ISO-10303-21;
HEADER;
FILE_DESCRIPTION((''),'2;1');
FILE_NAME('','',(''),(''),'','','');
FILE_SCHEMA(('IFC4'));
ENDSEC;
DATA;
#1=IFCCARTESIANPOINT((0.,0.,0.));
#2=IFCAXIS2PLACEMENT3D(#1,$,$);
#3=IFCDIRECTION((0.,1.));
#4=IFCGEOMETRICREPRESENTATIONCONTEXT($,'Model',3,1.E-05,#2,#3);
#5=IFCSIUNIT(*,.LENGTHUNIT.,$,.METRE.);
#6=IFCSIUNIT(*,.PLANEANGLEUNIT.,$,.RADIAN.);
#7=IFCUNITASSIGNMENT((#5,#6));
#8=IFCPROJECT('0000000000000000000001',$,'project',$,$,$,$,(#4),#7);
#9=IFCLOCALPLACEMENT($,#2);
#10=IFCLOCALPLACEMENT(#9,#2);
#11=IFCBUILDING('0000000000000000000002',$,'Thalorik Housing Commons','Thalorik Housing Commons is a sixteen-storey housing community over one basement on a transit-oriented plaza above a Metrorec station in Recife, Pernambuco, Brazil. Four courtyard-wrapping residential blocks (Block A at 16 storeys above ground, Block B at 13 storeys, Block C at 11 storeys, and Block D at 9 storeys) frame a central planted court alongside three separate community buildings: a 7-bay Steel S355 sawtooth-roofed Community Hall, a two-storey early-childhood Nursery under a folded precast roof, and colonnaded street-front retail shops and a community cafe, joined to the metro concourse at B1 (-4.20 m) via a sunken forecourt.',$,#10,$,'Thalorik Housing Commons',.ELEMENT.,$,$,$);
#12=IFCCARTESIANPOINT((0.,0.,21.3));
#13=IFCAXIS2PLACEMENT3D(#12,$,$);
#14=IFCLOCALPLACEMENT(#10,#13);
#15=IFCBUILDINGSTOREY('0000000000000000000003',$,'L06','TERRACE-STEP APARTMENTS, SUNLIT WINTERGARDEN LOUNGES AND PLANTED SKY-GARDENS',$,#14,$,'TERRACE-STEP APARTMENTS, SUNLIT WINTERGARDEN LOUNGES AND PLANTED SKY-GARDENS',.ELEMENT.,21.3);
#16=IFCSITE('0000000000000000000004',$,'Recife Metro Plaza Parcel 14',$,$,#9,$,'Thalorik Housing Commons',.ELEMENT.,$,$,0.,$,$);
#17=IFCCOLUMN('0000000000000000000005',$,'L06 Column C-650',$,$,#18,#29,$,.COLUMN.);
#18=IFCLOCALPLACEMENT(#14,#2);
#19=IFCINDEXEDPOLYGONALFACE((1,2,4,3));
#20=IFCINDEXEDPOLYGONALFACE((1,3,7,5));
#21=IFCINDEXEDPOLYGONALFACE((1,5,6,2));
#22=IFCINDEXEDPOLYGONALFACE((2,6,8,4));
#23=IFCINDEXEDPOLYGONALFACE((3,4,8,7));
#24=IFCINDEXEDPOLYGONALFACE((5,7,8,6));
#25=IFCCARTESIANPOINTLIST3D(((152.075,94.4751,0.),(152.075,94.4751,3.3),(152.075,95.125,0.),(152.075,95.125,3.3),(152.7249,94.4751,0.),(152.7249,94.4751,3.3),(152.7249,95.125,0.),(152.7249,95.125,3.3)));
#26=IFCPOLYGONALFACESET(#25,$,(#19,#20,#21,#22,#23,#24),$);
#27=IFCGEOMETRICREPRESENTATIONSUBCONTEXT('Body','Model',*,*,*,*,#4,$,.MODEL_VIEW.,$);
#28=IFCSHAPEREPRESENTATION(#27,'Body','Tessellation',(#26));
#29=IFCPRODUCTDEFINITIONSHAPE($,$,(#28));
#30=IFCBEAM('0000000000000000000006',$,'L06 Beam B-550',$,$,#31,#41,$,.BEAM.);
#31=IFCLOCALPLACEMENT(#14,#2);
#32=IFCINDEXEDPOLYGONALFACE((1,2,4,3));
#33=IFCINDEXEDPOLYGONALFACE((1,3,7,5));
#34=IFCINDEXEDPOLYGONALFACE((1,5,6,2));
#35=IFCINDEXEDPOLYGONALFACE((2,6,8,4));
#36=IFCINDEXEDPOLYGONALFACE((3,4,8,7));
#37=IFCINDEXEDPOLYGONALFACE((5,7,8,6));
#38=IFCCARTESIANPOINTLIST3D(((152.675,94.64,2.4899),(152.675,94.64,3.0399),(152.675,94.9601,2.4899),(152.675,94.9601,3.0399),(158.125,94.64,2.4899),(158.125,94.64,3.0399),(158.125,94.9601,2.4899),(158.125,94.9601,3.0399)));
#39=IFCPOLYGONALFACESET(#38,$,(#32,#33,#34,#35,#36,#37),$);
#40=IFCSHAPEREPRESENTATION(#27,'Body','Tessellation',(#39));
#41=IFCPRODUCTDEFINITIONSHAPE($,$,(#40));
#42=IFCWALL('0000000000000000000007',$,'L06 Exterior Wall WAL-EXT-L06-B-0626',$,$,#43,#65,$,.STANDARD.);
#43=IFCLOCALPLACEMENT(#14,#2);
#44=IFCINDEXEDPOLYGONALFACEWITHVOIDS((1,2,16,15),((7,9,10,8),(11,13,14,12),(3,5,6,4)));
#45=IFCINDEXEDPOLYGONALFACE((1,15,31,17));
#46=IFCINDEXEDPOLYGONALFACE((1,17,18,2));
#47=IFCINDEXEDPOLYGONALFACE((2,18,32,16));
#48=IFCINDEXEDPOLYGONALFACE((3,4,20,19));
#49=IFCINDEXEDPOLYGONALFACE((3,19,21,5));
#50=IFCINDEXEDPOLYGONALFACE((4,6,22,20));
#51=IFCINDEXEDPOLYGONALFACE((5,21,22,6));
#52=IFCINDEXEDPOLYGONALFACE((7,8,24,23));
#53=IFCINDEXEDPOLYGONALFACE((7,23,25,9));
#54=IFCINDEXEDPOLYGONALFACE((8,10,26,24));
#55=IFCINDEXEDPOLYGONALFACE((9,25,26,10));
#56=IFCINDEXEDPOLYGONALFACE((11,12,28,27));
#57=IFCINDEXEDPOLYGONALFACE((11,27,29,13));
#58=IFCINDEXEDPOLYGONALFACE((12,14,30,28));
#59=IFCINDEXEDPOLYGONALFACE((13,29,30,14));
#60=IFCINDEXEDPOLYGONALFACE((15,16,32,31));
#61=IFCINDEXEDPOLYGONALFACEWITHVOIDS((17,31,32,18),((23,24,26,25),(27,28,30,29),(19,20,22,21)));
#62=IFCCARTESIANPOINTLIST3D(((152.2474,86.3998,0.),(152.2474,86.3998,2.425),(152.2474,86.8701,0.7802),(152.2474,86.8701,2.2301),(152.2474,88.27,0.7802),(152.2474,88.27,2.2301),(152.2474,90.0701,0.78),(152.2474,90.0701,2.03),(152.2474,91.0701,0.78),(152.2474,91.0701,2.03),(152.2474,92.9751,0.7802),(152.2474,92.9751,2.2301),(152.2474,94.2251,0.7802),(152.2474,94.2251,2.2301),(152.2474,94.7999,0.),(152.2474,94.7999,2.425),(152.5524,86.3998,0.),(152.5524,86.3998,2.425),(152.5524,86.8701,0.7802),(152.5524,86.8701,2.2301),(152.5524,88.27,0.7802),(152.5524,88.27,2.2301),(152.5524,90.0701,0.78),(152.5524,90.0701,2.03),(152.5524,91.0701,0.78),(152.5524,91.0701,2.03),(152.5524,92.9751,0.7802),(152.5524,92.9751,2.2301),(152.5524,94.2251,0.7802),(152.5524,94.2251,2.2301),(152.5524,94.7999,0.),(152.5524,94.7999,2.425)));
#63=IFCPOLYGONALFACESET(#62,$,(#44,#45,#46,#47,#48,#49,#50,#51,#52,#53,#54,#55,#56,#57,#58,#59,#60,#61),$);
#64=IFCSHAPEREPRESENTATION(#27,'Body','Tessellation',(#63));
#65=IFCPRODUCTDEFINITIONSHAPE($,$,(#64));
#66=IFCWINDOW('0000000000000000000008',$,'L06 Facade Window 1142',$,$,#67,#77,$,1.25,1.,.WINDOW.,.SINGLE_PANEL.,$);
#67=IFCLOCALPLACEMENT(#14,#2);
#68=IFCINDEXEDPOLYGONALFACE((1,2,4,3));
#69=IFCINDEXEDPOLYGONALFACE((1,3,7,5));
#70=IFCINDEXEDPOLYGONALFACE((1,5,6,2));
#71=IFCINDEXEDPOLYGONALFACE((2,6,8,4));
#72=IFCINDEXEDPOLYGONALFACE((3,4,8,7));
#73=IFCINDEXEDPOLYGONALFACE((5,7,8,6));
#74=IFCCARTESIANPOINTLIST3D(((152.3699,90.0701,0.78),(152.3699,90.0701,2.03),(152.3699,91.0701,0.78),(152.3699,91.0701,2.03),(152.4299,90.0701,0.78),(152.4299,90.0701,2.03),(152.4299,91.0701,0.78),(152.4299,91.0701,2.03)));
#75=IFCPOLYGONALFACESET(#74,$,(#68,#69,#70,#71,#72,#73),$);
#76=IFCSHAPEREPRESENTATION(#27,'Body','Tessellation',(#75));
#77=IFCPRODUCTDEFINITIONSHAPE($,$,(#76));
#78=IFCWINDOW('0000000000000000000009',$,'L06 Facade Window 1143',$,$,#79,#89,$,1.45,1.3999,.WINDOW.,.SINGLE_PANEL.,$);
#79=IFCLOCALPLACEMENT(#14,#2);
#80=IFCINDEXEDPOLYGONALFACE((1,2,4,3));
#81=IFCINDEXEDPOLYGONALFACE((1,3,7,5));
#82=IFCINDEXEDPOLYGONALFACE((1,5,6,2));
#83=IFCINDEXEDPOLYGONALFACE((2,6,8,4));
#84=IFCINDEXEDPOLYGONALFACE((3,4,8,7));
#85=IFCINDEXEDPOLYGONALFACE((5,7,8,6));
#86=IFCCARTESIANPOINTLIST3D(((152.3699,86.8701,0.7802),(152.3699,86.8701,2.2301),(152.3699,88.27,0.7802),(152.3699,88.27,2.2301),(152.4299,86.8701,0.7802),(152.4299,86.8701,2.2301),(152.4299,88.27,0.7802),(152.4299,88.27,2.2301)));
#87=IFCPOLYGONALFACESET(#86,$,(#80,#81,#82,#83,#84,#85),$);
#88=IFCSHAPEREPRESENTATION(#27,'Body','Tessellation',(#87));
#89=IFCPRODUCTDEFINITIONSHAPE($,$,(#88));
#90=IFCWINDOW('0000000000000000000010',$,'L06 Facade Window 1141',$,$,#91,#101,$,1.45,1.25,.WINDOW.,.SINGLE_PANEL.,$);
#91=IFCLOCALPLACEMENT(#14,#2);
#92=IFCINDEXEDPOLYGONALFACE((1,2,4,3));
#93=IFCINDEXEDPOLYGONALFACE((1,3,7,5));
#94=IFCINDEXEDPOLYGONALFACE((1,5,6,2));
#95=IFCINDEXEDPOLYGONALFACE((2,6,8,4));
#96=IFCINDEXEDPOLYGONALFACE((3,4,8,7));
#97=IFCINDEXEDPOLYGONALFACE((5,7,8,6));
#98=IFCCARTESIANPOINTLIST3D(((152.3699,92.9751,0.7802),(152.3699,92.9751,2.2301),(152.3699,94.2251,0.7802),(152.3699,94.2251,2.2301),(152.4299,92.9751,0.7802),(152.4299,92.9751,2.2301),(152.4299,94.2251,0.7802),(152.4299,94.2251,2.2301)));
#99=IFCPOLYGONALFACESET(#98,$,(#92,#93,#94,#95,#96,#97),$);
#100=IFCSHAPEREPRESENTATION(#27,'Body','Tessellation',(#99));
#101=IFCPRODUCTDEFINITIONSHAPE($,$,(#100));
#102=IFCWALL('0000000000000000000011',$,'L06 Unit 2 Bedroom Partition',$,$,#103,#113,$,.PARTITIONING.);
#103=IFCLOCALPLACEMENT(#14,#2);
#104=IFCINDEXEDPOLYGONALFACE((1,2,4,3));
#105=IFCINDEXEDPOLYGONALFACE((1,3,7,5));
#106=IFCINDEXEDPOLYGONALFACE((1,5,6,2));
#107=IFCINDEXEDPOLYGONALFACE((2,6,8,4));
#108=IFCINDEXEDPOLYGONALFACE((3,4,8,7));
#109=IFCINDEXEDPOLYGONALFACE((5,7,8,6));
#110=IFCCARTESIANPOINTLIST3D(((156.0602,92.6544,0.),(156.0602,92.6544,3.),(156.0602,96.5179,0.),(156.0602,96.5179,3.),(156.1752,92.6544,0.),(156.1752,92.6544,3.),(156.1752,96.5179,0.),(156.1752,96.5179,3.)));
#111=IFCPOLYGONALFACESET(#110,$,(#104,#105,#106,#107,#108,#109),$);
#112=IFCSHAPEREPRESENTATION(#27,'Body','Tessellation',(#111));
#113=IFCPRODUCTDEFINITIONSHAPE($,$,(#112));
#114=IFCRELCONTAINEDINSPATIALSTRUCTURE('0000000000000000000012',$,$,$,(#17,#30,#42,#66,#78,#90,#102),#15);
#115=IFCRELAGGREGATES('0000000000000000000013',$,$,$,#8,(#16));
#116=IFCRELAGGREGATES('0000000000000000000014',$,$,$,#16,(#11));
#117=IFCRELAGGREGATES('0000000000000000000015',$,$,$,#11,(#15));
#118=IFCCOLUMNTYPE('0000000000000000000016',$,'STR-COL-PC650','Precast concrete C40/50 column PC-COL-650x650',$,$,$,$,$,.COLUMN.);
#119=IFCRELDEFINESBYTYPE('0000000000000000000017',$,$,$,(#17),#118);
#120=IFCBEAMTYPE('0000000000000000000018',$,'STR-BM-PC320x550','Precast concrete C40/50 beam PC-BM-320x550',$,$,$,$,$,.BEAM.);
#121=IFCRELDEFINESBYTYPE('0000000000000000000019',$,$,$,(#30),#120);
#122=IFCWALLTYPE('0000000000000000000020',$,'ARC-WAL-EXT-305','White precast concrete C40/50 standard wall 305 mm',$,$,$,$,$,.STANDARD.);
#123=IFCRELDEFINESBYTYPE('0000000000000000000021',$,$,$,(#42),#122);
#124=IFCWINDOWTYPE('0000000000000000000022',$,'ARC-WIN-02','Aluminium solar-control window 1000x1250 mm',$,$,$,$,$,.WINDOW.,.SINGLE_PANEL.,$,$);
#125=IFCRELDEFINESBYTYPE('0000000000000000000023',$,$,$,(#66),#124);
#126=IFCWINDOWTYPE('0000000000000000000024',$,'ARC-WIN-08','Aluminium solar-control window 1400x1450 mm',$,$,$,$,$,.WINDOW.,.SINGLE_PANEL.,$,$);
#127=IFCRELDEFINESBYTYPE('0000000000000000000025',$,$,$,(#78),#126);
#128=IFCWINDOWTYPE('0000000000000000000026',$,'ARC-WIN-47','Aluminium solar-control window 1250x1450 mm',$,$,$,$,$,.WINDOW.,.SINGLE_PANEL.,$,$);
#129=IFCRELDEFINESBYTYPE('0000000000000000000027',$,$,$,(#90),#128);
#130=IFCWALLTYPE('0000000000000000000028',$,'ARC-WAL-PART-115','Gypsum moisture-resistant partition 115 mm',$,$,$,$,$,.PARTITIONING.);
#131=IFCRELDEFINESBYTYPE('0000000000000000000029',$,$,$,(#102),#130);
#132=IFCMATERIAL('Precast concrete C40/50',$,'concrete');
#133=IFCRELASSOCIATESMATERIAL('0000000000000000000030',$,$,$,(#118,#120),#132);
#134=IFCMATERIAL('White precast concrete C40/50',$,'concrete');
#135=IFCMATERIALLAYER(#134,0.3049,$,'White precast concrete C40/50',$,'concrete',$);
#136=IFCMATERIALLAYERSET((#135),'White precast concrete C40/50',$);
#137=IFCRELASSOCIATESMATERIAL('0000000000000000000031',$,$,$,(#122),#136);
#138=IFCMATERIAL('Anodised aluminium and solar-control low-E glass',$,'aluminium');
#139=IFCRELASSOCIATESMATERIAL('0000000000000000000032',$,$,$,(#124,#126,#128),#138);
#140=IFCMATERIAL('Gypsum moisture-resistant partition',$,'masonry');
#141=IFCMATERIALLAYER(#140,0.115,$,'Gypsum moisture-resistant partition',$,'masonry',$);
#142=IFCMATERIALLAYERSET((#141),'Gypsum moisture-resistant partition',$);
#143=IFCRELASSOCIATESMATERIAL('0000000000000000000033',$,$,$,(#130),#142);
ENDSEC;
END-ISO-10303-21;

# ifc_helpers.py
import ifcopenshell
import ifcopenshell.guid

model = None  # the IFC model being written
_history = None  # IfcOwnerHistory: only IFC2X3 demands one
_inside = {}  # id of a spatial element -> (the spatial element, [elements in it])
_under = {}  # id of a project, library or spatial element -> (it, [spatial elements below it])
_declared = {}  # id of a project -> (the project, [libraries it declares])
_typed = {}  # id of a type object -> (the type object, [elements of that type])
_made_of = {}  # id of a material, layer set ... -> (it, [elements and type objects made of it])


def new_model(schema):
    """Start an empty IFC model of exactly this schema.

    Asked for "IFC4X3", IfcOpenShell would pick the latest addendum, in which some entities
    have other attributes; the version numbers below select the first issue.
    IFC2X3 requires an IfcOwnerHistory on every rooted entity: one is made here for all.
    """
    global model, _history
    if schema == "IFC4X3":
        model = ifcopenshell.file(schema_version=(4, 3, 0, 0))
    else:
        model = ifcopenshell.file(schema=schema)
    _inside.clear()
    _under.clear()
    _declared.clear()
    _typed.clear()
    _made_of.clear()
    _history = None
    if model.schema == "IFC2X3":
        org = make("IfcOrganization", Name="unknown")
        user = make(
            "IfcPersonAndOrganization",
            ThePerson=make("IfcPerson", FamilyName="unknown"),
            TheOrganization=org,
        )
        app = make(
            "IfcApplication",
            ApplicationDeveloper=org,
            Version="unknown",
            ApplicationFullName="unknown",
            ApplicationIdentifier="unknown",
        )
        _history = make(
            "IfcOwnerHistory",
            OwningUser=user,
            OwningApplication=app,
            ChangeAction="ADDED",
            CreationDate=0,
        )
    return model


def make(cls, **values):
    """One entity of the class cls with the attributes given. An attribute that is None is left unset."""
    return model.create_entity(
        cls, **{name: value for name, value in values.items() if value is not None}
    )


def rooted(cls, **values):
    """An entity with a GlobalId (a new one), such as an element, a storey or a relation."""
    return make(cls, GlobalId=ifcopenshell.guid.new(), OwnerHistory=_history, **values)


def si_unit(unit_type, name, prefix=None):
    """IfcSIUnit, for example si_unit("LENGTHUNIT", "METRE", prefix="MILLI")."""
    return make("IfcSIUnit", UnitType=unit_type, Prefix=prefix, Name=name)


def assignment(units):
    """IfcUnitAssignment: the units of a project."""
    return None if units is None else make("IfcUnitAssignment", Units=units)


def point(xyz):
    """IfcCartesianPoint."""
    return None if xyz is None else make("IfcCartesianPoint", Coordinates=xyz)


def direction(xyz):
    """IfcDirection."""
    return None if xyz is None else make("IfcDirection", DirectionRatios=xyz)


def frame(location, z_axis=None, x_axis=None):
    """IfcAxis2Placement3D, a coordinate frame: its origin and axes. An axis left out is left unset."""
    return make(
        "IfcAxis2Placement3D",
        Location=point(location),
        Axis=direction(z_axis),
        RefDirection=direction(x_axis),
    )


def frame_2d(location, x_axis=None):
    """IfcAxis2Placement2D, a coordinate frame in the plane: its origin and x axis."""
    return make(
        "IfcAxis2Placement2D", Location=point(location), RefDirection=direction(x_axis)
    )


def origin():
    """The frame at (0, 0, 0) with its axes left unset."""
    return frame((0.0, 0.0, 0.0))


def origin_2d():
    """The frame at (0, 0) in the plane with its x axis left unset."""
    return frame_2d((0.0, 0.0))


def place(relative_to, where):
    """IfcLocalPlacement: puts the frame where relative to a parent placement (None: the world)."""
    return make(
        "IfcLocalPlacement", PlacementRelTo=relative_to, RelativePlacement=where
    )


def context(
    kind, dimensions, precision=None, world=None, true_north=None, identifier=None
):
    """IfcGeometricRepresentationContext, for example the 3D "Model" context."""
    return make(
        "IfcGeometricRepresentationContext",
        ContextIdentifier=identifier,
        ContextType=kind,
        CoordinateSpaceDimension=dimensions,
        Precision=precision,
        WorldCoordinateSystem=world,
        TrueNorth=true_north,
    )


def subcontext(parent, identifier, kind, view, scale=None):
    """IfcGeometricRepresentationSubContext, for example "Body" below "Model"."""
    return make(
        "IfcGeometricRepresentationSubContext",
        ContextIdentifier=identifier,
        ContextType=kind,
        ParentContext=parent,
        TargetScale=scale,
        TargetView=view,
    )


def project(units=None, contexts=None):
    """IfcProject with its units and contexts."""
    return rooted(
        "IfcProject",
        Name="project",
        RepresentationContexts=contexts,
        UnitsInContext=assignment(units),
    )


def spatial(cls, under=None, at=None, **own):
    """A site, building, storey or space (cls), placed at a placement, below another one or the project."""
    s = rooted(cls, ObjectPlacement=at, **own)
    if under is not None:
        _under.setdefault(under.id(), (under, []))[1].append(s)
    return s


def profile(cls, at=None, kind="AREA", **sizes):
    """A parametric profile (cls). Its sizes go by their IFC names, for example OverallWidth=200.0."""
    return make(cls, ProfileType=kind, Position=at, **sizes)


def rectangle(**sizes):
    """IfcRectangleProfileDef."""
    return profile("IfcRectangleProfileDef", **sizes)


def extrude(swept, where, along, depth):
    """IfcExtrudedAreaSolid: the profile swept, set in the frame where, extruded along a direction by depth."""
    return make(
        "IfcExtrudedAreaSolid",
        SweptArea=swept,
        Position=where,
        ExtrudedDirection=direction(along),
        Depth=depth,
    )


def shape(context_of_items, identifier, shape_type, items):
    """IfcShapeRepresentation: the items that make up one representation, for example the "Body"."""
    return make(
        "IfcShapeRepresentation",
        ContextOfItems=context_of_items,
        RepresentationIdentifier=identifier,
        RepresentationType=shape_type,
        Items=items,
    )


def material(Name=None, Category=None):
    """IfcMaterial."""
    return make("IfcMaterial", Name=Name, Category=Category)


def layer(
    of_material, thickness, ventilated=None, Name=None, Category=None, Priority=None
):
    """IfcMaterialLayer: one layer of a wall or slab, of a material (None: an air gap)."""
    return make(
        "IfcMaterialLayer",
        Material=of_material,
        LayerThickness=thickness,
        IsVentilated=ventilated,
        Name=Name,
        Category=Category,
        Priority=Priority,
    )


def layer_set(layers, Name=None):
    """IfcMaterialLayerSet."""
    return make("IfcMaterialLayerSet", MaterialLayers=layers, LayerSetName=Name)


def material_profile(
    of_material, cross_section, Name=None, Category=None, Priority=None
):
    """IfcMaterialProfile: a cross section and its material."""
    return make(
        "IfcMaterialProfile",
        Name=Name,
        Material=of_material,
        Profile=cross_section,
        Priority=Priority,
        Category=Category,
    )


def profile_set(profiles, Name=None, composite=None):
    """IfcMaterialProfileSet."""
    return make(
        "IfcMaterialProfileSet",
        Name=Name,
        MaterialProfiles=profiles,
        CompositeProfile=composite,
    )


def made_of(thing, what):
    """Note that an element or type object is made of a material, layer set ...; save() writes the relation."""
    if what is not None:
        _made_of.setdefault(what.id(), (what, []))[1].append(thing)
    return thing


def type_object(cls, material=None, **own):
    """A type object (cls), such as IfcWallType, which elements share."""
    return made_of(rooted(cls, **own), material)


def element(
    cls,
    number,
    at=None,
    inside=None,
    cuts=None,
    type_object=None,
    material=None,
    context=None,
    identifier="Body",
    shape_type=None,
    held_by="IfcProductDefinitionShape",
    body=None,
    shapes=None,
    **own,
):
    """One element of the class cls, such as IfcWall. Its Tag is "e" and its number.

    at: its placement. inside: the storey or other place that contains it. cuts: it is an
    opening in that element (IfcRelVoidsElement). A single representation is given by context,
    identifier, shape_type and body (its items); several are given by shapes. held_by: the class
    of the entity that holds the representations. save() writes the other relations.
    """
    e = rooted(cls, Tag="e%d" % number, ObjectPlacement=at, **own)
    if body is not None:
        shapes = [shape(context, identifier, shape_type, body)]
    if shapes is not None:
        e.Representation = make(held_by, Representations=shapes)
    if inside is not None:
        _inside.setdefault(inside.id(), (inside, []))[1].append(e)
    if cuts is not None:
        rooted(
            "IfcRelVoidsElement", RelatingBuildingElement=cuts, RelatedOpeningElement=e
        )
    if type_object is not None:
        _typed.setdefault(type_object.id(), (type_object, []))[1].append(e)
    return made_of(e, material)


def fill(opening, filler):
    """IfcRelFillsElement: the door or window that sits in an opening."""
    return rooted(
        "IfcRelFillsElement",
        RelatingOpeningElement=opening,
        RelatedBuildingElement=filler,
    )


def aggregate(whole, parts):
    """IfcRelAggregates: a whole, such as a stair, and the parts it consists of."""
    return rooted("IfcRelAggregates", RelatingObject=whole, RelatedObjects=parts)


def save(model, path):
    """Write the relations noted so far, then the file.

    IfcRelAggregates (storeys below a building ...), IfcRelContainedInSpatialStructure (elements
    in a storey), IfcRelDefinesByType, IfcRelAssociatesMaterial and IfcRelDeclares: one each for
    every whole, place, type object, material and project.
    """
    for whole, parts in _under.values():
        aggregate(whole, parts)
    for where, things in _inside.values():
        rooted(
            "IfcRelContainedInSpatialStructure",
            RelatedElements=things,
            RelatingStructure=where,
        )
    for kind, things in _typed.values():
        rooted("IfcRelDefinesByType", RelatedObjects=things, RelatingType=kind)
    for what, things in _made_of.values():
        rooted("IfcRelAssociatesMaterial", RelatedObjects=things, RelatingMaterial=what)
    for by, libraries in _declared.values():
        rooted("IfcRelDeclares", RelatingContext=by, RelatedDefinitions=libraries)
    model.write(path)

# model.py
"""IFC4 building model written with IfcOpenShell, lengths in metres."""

from ifc_helpers import new_model, si_unit, direction, frame, frame_2d, origin, origin_2d, place, context, subcontext, project, spatial, rectangle, extrude, material, layer, layer_set, material_profile, profile_set, type_object, element, fill, save


model = new_model("IFC4")

# Units and contexts
model_context = context("Model", 3, precision=1e-05, world=origin(), true_north=direction((0.0, 1.0)))
body_context = subcontext(model_context, "Body", "Model", "MODEL_VIEW")
ifc_project = project(units=[si_unit("LENGTHUNIT", "METRE"), si_unit("PLANEANGLEUNIT", "RADIAN")], contexts=[model_context])

# Site, building, storey
site_placement = place(None, origin())
site = spatial("IfcSite", under=ifc_project, at=site_placement, Name="Recife Metro Plaza Parcel 14", LongName="Thalorik Housing Commons", CompositionType="ELEMENT", RefElevation=0.0)
building_placement = place(site_placement, origin())
building = spatial("IfcBuilding", under=site, at=building_placement, Name="Thalorik Housing Commons", Description="Thalorik Housing Commons is a sixteen-storey housing community over one basement on a transit-oriented plaza above a Metrorec station in Recife, Pernambuco, Brazil. Four courtyard-wrapping residential blocks (Block A at 16 storeys above ground, Block B at 13 storeys, Block C at 11 storeys, and Block D at 9 storeys) frame a central planted court alongside three separate community buildings: a 7-bay Steel S355 sawtooth-roofed Community Hall, a two-storey early-childhood Nursery under a folded precast roof, and colonnaded street-front retail shops and a community cafe, joined to the metro concourse at B1 (-4.20 m) via a sunken forecourt.", LongName="Thalorik Housing Commons", CompositionType="ELEMENT")
storey_placement = place(building_placement, frame((0.0, 0.0, 21.3)))
storey = spatial("IfcBuildingStorey", under=building, at=storey_placement, Name="L06", Description="TERRACE-STEP APARTMENTS, SUNLIT WINTERGARDEN LOUNGES AND PLANTED SKY-GARDENS", LongName="TERRACE-STEP APARTMENTS, SUNLIT WINTERGARDEN LOUNGES AND PLANTED SKY-GARDENS", CompositionType="ELEMENT", Elevation=21.3)

# Column
ifc_material_1 = material(Name="Precast concrete C40/50", Category="concrete")
ifc_material_profile_1 = material_profile(ifc_material_1, rectangle(XDim=0.6499, YDim=0.6499, at=origin_2d()), Name="PC 650x650", Category="concrete")
ifc_profile_set_1 = profile_set([ifc_material_profile_1], Name="Precast concrete C40/50")
column_type = type_object("IfcColumnType", Name="STR-COL-PC650", Description="Precast concrete C40/50 column PC-COL-650x650", PredefinedType="COLUMN", material=ifc_profile_set_1)
column_placement = place(storey_placement, frame((152.3999, 94.8, 0.0), z_axis=(0.0, 0.0, 1.0), x_axis=(1.0, 0.0, 0.0)))
element("IfcColumn", 1, at=column_placement, inside=storey, type_object=column_type, Name="L06 Column C-650", PredefinedType="COLUMN", context=body_context, shape_type="SweptSolid", body=[
    extrude(rectangle(XDim=0.6499, YDim=0.6499, at=origin_2d()), origin(), (0.0, 0.0, 1.0), 3.3),
])

# Beam
ifc_material_profile_2 = material_profile(ifc_material_1, rectangle(XDim=0.3201, YDim=0.55, at=origin_2d()), Name="PC 320x550", Category="concrete")
ifc_profile_set_2 = profile_set([ifc_material_profile_2], Name="Precast concrete C40/50")
beam_type = type_object("IfcBeamType", Name="STR-BM-PC320x550", Description="Precast concrete C40/50 beam PC-BM-320x550", PredefinedType="BEAM", material=ifc_profile_set_2)
beam_placement = place(storey_placement, frame((152.675, 94.8, 2.7649), z_axis=(1.0, 0.0, 0.0), x_axis=(0.0, 1.0, 0.0)))
element("IfcBeam", 2, at=beam_placement, inside=storey, type_object=beam_type, Name="L06 Beam B-550", PredefinedType="BEAM", context=body_context, shape_type="SweptSolid", body=[
    extrude(rectangle(XDim=0.3201, YDim=0.55, at=origin_2d()), origin(), (0.0, 0.0, 1.0), 5.45),
])

# Wall, openings, windows
ifc_material_2 = material(Name="White precast concrete C40/50", Category="concrete")
ifc_layer_1 = layer(ifc_material_2, 0.3049, Name="White precast concrete C40/50", Category="concrete")
ifc_layer_set_1 = layer_set([ifc_layer_1], Name="White precast concrete C40/50")
wall_type_1 = type_object("IfcWallType", Name="ARC-WAL-EXT-305", Description="White precast concrete C40/50 standard wall 305 mm", PredefinedType="STANDARD", material=ifc_layer_set_1)
wall_1_placement = place(storey_placement, frame((152.3999, 94.8, 0.0), z_axis=(0.0, 0.0, 1.0), x_axis=(0.0, -1.0, 0.0)))
wall_1 = element("IfcWall", 3, at=wall_1_placement, inside=storey, type_object=wall_type_1, Name="L06 Exterior Wall WAL-EXT-L06-B-0626", PredefinedType="STANDARD", context=body_context, shape_type="SweptSolid", body=[
    extrude(rectangle(XDim=8.4001, YDim=0.3049, at=frame_2d((4.2002, 0.0))), origin(), (0.0, 0.0, 1.0), 2.425),
])
opening_1_placement = place(wall_1_placement, frame((0.575, 0.0, 0.78)))
opening_1 = element("IfcOpeningElement", 4, at=opening_1_placement, cuts=wall_1, PredefinedType="OPENING", context=body_context, shape_type="SweptSolid", body=[
    extrude(rectangle(XDim=1.25, YDim=1.45, at=frame_2d((0.625, 0.7251))), frame((0.0, 0.1626, 0.0), z_axis=(0.0, -1.0, 0.0), x_axis=(1.0, 0.0, 0.0)), (0.0, 0.0, 1.0), 0.325),
])
opening_2_placement = place(wall_1_placement, frame((3.73, 0.0, 0.78)))
opening_2 = element("IfcOpeningElement", 5, at=opening_2_placement, cuts=wall_1, PredefinedType="OPENING", context=body_context, shape_type="SweptSolid", body=[
    extrude(rectangle(XDim=1.0, YDim=1.25, at=frame_2d((0.5, 0.625))), frame((0.0, 0.1626, 0.0), z_axis=(0.0, -1.0, 0.0), x_axis=(1.0, 0.0, 0.0)), (0.0, 0.0, 1.0), 0.325),
])
opening_3_placement = place(wall_1_placement, frame((6.53, 0.0, 0.78)))
opening_3 = element("IfcOpeningElement", 6, at=opening_3_placement, cuts=wall_1, PredefinedType="OPENING", context=body_context, shape_type="SweptSolid", body=[
    extrude(rectangle(XDim=1.3999, YDim=1.45, at=frame_2d((0.7, 0.7251))), frame((0.0, 0.1626, 0.0), z_axis=(0.0, -1.0, 0.0), x_axis=(1.0, 0.0, 0.0)), (0.0, 0.0, 1.0), 0.325),
])
ifc_material_3 = material(Name="Anodised aluminium and solar-control low-E glass", Category="aluminium")
window_type_1 = type_object("IfcWindowType", Name="ARC-WIN-02", Description="Aluminium solar-control window 1000x1250 mm", PartitioningType="SINGLE_PANEL", PredefinedType="WINDOW", material=ifc_material_3)
window_1_placement = place(opening_2_placement, origin())
window_1 = element("IfcWindow", 7, at=window_1_placement, inside=storey, type_object=window_type_1, Name="L06 Facade Window 1142", OverallHeight=1.25, OverallWidth=1.0, PartitioningType="SINGLE_PANEL", PredefinedType="WINDOW", context=body_context, shape_type="SweptSolid", body=[
    extrude(rectangle(XDim=1.0, YDim=1.25, at=frame_2d((0.5, 0.625))), frame((0.0, 0.03, 0.0), z_axis=(0.0, -1.0, 0.0), x_axis=(1.0, 0.0, 0.0)), (0.0, 0.0, 1.0), 0.0601),
])
fill(opening_2, window_1)
window_type_2 = type_object("IfcWindowType", Name="ARC-WIN-08", Description="Aluminium solar-control window 1400x1450 mm", PartitioningType="SINGLE_PANEL", PredefinedType="WINDOW", material=ifc_material_3)
window_2_placement = place(opening_3_placement, origin())
window_2 = element("IfcWindow", 8, at=window_2_placement, inside=storey, type_object=window_type_2, Name="L06 Facade Window 1143", OverallHeight=1.45, OverallWidth=1.3999, PartitioningType="SINGLE_PANEL", PredefinedType="WINDOW", context=body_context, shape_type="SweptSolid", body=[
    extrude(rectangle(XDim=1.3999, YDim=1.45, at=frame_2d((0.7, 0.7251))), frame((0.0, 0.03, 0.0), z_axis=(0.0, -1.0, 0.0), x_axis=(1.0, 0.0, 0.0)), (0.0, 0.0, 1.0), 0.0601),
])
fill(opening_3, window_2)
window_type_3 = type_object("IfcWindowType", Name="ARC-WIN-47", Description="Aluminium solar-control window 1250x1450 mm", PartitioningType="SINGLE_PANEL", PredefinedType="WINDOW", material=ifc_material_3)
window_3_placement = place(opening_1_placement, origin())
window_3 = element("IfcWindow", 9, at=window_3_placement, inside=storey, type_object=window_type_3, Name="L06 Facade Window 1141", OverallHeight=1.45, OverallWidth=1.25, PartitioningType="SINGLE_PANEL", PredefinedType="WINDOW", context=body_context, shape_type="SweptSolid", body=[
    extrude(rectangle(XDim=1.25, YDim=1.45, at=frame_2d((0.625, 0.7251))), frame((0.0, 0.03, 0.0), z_axis=(0.0, -1.0, 0.0), x_axis=(1.0, 0.0, 0.0)), (0.0, 0.0, 1.0), 0.0601),
])
fill(opening_1, window_3)

# Wall
ifc_material_4 = material(Name="Gypsum moisture-resistant partition", Category="masonry")
ifc_layer_2 = layer(ifc_material_4, 0.115, Name="Gypsum moisture-resistant partition", Category="masonry")
ifc_layer_set_2 = layer_set([ifc_layer_2], Name="Gypsum moisture-resistant partition")
wall_type_2 = type_object("IfcWallType", Name="ARC-WAL-PART-115", Description="Gypsum moisture-resistant partition 115 mm", PredefinedType="PARTITIONING", material=ifc_layer_set_2)
wall_2_placement = place(storey_placement, frame((156.1177, 92.6545, 0.0), z_axis=(0.0, 0.0, 1.0), x_axis=(0.0, 1.0, 0.0)))
element("IfcWall", 10, at=wall_2_placement, inside=storey, type_object=wall_type_2, Name="L06 Unit 2 Bedroom Partition", PredefinedType="PARTITIONING", context=body_context, shape_type="SweptSolid", body=[
    extrude(rectangle(XDim=3.8635, YDim=0.115, at=frame_2d((1.9316, 0.0))), origin(), (0.0, 0.0, 1.0), 3.0),
])

save(model, "model.ifc")
